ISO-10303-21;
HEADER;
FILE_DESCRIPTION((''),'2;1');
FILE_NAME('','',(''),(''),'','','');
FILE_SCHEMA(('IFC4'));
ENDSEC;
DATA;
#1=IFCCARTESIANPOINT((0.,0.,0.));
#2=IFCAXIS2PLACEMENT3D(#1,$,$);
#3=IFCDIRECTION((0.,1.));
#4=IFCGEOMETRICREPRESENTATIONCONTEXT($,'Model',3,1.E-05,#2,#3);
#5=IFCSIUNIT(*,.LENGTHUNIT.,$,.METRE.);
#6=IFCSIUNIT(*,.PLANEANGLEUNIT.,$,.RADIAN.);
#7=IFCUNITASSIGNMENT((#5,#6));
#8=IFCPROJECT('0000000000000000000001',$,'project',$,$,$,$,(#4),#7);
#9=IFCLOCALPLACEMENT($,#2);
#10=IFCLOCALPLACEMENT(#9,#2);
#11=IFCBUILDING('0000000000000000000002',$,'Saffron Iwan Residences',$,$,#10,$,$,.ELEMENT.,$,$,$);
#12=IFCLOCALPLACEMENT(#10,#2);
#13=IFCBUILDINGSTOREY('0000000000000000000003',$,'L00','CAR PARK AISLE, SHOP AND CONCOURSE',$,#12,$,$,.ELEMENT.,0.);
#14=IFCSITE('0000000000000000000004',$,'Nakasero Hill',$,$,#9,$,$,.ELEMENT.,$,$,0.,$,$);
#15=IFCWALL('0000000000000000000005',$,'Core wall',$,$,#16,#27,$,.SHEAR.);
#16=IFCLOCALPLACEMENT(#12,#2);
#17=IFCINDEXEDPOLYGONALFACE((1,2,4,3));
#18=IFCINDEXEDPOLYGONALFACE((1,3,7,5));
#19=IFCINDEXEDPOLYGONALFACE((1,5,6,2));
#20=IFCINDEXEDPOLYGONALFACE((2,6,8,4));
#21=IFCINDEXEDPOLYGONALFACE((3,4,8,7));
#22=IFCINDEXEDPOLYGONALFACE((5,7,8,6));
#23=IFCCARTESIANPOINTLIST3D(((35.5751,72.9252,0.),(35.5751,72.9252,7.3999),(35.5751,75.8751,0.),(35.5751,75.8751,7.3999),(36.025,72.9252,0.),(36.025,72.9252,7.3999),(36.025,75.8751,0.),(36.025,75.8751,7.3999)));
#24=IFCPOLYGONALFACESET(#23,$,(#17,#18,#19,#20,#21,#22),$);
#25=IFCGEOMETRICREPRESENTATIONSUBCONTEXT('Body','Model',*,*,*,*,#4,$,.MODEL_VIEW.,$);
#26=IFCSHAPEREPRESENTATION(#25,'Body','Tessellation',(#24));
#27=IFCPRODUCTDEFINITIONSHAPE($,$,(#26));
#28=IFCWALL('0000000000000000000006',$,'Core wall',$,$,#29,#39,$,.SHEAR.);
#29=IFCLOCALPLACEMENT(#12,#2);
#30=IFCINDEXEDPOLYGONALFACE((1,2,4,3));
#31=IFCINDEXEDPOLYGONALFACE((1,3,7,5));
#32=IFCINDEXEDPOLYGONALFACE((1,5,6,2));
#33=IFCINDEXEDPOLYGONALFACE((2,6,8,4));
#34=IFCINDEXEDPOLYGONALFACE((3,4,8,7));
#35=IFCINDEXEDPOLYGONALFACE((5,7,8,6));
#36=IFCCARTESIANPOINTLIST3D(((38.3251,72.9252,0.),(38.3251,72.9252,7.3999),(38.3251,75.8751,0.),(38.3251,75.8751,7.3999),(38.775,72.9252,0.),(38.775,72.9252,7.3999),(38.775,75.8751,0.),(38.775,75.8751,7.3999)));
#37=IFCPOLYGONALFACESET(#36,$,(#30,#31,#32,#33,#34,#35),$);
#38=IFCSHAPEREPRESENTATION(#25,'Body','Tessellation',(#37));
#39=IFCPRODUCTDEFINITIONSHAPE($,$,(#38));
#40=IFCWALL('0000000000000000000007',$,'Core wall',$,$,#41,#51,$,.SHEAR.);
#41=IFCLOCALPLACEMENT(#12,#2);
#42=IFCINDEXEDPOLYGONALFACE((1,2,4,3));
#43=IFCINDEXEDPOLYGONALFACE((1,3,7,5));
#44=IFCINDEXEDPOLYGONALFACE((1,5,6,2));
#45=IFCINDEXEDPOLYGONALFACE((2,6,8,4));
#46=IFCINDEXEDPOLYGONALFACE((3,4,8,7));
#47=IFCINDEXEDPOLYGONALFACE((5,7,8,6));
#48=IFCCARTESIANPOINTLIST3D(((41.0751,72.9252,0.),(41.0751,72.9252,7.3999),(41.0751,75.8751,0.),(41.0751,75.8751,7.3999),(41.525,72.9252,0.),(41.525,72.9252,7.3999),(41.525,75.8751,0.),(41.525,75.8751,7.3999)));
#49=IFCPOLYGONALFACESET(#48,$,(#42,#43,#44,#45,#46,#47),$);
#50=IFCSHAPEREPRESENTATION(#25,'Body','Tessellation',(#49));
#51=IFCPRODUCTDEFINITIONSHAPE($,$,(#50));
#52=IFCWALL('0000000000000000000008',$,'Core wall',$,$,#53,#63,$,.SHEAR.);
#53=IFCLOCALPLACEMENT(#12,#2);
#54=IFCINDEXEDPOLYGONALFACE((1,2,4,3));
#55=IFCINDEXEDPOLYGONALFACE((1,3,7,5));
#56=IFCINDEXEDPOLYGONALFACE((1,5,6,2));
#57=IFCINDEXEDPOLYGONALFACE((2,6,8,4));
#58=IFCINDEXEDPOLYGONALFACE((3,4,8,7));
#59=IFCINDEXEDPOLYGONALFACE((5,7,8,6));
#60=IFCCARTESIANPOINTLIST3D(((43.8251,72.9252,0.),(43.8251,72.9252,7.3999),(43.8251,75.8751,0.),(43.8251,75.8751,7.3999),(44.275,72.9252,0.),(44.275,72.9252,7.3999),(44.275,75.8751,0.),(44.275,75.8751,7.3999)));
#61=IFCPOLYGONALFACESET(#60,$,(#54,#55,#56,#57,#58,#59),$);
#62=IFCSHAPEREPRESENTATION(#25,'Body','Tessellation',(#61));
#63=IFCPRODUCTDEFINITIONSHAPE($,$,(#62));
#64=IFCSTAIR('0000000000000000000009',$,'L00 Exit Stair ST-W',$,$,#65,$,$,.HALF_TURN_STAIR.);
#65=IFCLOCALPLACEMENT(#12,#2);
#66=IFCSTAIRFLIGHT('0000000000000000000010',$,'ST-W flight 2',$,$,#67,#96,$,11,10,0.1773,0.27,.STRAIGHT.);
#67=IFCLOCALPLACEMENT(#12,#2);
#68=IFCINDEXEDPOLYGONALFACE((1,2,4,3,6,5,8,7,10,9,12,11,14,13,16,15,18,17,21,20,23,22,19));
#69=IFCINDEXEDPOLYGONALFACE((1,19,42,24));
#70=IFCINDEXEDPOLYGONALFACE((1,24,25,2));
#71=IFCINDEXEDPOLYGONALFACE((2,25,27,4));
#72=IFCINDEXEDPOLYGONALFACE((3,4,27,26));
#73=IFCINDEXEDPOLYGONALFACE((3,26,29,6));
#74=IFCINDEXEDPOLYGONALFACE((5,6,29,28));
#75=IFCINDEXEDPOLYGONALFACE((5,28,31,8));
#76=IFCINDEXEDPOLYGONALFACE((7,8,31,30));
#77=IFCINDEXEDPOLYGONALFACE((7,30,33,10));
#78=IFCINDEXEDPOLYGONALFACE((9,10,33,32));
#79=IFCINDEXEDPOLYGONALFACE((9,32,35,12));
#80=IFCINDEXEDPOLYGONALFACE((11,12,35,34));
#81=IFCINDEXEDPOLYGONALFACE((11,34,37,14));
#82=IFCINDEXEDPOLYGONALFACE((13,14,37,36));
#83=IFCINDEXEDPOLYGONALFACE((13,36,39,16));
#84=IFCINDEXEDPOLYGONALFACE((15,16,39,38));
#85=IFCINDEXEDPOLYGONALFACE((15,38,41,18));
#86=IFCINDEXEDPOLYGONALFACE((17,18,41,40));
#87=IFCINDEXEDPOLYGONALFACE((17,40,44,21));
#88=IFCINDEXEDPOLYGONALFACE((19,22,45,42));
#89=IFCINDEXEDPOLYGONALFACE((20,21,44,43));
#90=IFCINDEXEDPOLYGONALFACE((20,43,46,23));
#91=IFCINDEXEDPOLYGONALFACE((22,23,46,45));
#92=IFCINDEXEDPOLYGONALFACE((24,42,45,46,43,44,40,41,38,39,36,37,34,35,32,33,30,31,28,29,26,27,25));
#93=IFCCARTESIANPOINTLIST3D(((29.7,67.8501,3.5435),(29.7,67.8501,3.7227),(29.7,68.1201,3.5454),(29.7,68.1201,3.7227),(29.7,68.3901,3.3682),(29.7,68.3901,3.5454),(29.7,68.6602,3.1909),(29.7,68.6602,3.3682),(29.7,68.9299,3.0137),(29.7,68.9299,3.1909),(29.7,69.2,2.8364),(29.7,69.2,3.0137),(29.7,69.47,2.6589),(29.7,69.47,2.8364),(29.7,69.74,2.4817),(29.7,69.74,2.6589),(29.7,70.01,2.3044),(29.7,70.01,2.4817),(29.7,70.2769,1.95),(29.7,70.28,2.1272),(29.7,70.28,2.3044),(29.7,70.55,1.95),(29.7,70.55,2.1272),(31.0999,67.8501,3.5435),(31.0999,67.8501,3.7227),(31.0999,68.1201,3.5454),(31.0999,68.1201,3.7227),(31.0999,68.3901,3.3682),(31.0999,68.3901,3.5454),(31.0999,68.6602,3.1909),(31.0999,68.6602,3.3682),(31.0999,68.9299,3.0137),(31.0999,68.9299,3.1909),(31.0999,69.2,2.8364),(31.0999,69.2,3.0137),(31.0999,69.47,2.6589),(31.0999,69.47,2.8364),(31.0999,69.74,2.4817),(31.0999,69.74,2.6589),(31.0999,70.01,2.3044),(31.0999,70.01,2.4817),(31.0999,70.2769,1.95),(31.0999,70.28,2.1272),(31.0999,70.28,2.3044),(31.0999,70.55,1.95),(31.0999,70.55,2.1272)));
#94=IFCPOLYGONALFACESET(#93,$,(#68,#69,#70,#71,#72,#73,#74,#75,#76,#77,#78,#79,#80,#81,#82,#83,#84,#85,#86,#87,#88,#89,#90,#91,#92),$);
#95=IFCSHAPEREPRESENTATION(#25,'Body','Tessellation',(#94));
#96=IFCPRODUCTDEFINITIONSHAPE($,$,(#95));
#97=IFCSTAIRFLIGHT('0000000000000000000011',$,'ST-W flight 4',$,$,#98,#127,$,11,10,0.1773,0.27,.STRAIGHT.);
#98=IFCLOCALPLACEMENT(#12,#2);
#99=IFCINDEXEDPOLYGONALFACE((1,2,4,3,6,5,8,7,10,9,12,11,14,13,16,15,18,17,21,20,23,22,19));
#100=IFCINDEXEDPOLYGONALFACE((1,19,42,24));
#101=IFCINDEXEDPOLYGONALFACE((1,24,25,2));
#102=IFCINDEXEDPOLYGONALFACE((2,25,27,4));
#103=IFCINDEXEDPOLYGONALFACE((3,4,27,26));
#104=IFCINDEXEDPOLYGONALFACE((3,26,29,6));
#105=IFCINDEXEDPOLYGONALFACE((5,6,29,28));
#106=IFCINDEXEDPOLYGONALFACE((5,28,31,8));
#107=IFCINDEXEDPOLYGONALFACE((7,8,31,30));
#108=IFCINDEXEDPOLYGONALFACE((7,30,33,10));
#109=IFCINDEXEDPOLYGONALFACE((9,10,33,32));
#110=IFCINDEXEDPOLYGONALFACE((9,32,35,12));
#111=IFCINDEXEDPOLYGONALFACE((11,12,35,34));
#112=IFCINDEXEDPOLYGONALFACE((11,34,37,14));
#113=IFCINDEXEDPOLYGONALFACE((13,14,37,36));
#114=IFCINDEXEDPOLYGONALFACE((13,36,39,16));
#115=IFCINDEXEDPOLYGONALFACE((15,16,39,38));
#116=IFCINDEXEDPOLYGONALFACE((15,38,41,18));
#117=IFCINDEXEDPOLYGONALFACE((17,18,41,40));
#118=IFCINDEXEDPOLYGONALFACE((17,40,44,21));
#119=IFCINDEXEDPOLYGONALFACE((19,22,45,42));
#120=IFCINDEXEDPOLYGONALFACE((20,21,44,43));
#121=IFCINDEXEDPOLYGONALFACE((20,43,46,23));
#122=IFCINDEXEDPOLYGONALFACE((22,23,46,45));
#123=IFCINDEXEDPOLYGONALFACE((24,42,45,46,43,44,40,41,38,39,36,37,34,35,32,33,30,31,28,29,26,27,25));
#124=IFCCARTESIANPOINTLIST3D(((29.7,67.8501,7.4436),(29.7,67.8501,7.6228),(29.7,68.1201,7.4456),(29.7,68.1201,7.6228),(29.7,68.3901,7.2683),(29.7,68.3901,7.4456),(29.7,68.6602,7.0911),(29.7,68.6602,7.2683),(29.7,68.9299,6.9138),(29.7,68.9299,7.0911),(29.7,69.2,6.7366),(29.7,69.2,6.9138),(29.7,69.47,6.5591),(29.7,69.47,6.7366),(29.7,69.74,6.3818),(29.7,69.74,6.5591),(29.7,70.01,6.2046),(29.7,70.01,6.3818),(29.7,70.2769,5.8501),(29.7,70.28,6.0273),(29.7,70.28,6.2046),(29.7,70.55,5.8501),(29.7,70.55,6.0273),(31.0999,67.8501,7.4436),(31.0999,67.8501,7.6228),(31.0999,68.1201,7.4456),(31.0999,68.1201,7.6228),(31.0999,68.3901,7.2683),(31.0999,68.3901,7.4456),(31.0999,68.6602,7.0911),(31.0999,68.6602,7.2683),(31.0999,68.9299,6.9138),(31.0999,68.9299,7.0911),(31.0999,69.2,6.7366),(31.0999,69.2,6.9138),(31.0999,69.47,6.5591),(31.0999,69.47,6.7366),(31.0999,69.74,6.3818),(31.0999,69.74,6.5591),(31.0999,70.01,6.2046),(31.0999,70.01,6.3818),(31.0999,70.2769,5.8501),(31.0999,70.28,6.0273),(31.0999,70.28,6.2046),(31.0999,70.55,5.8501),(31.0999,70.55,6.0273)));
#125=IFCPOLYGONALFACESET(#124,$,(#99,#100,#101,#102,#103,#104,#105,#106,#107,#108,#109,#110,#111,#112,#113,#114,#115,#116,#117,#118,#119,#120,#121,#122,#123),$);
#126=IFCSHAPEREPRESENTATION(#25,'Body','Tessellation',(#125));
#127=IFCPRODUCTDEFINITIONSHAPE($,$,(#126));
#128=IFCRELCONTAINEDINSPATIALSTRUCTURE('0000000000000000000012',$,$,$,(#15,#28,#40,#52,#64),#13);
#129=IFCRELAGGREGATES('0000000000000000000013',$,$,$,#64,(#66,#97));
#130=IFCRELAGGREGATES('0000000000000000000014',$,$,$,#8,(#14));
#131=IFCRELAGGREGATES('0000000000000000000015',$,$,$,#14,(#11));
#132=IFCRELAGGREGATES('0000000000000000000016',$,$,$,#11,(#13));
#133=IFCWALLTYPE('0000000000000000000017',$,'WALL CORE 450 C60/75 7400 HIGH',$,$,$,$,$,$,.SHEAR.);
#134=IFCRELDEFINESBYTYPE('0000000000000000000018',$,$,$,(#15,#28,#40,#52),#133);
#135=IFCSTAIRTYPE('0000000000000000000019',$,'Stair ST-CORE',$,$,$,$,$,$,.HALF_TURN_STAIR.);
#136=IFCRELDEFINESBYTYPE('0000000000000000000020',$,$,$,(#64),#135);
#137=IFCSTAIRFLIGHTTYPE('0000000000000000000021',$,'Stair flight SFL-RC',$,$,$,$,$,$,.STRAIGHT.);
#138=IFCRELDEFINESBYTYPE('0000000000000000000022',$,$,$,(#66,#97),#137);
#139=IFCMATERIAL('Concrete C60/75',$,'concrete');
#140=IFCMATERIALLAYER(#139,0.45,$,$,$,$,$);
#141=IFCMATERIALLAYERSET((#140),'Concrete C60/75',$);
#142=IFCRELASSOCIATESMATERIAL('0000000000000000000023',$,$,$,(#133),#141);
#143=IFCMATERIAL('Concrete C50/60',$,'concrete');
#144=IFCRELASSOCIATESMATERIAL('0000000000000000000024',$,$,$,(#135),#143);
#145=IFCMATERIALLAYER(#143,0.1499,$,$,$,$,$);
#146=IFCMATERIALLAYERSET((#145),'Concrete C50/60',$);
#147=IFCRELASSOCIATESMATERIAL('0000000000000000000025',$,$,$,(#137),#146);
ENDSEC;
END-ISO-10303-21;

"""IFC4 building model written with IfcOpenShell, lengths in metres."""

from ifc_helpers import new_model, si_unit, direction, frame, frame_2d, origin, place, context, subcontext, project, spatial, polyline, rectangle, outline, extrude, material, layer, layer_set, type_object, element, aggregate, save


model = new_model("IFC4")

# Units and contexts
model_context = context("Model", 3, precision=1e-05, world=origin(), true_north=direction((0.0, 1.0)))
body_context = subcontext(model_context, "Body", "Model", "MODEL_VIEW")
ifc_project = project(units=[si_unit("LENGTHUNIT", "METRE"), si_unit("PLANEANGLEUNIT", "RADIAN")], contexts=[model_context])

# Site, building, storey
site_placement = place(None, origin())
site = spatial("IfcSite", under=ifc_project, at=site_placement, Name="Nakasero Hill", CompositionType="ELEMENT", RefElevation=0.0)
building_placement = place(site_placement, origin())
building = spatial("IfcBuilding", under=site, at=building_placement, Name="Saffron Iwan Residences", CompositionType="ELEMENT")
storey_placement = place(building_placement, origin())
storey = spatial("IfcBuildingStorey", under=building, at=storey_placement, Name="L00", Description="CAR PARK AISLE, SHOP AND CONCOURSE", CompositionType="ELEMENT", Elevation=0.0)

# Shared definitions
ifc_material_1 = material(Name="Concrete C60/75", Category="concrete")
ifc_layer_1 = layer(ifc_material_1, 0.45)
ifc_layer_set_1 = layer_set([ifc_layer_1], Name="Concrete C60/75")
wall_type = type_object("IfcWallType", Name="WALL CORE 450 C60/75 7400 HIGH", PredefinedType="SHEAR", material=ifc_layer_set_1)

# Walls
for number, where, z_axis, x_axis, name in (
    (1, (35.8, 72.925, 0.0), (0.0, 0.0, 1.0), (0.0, 1.0, 0.0), "Core wall"),
    (2, (38.55, 72.925, 0.0), (0.0, 0.0, 1.0), (0.0, 1.0, 0.0), "Core wall"),
    (3, (41.3, 72.925, 0.0), (0.0, 0.0, 1.0), (0.0, 1.0, 0.0), "Core wall"),
    (4, (44.05, 72.925, 0.0), (0.0, 0.0, 1.0), (0.0, 1.0, 0.0), "Core wall"),
):
    element("IfcWall", number, at=place(storey_placement, frame(where, z_axis=z_axis, x_axis=x_axis)), inside=storey, type_object=wall_type, Name=name, PredefinedType="SHEAR", context=body_context, shape_type="SweptSolid", body=[
        extrude(rectangle(XDim=2.95, YDim=0.45, at=frame_2d((1.4751, 0.0))), origin(), (0.0, 0.0, 1.0), 7.3999),
    ])

# Stair, stair flights
ifc_material_2 = material(Name="Concrete C50/60", Category="concrete")
stair_type = type_object("IfcStairType", Name="Stair ST-CORE", PredefinedType="HALF_TURN_STAIR", material=ifc_material_2)
stair_placement = place(storey_placement, origin())
stair = element("IfcStair", 5, at=stair_placement, inside=storey, type_object=stair_type, Name="L00 Exit Stair ST-W", PredefinedType="HALF_TURN_STAIR")
ifc_layer_2 = layer(ifc_material_2, 0.1499)
ifc_layer_set_2 = layer_set([ifc_layer_2], Name="Concrete C50/60")
stair_flight_type = type_object("IfcStairFlightType", Name="Stair flight SFL-RC", PredefinedType="STRAIGHT", material=ifc_layer_set_2)
stair_flight_1_placement = place(storey_placement, frame((30.3999, 70.55, 1.95), z_axis=(0.0, 0.0, 1.0), x_axis=(0.0, -1.0, 0.0)))
stair_flight_1 = element("IfcStairFlight", 6, at=stair_flight_1_placement, type_object=stair_flight_type, Name="ST-W flight 2", NumberOfRisers=11, NumberOfTreads=10, PredefinedType="STRAIGHT", RiserHeight=0.1773, TreadLength=0.27, context=body_context, shape_type="SweptSolid", body=[
    extrude(outline(polyline([(0.0, 0.0), (0.0, 0.1772), (0.27, 0.1772), (0.27, 0.3545), (0.54, 0.3545), (0.54, 0.5317), (0.8101, 0.5317), (0.8101, 0.709), (1.0801, 0.709), (1.0801, 0.8865), (1.3501, 0.8865), (1.3501, 1.0637), (1.6201, 1.0637), (1.6201, 1.241), (1.8899, 1.241), (1.8899, 1.4182), (2.1599, 1.4182), (2.1599, 1.5955), (2.4299, 1.5955), (2.4299, 1.7727), (2.7, 1.7727), (2.7, 1.95), (2.7, 1.5935), (0.2732, 0.0), (0.0, 0.0)])), frame((0.0, 0.7, 0.0), z_axis=(0.0, -1.0, 0.0), x_axis=(1.0, 0.0, 0.0)), (0.0, 0.0, 1.0), 1.3999),
])
stair_flight_2_placement = place(storey_placement, frame((30.3999, 70.55, 5.8501), z_axis=(0.0, 0.0, 1.0), x_axis=(0.0, -1.0, 0.0)))
stair_flight_2 = element("IfcStairFlight", 7, at=stair_flight_2_placement, type_object=stair_flight_type, Name="ST-W flight 4", NumberOfRisers=11, NumberOfTreads=10, PredefinedType="STRAIGHT", RiserHeight=0.1773, TreadLength=0.27, context=body_context, shape_type="SweptSolid", body=[
    extrude(outline(polyline([(0.0, 0.0), (0.0, 0.1772), (0.27, 0.1772), (0.27, 0.3545), (0.54, 0.3545), (0.54, 0.5317), (0.8101, 0.5317), (0.8101, 0.709), (1.0801, 0.709), (1.0801, 0.8865), (1.3501, 0.8865), (1.3501, 1.0637), (1.6201, 1.0637), (1.6201, 1.241), (1.8899, 1.241), (1.8899, 1.4182), (2.1599, 1.4182), (2.1599, 1.5955), (2.4299, 1.5955), (2.4299, 1.7727), (2.7, 1.7727), (2.7, 1.95), (2.7, 1.5935), (0.2732, 0.0), (0.0, 0.0)])), frame((0.0, 0.7, 0.0), z_axis=(0.0, -1.0, 0.0), x_axis=(1.0, 0.0, 0.0)), (0.0, 0.0, 1.0), 1.3999),
])
aggregate(stair, [stair_flight_1, stair_flight_2])

save(model, "model.ifc")
